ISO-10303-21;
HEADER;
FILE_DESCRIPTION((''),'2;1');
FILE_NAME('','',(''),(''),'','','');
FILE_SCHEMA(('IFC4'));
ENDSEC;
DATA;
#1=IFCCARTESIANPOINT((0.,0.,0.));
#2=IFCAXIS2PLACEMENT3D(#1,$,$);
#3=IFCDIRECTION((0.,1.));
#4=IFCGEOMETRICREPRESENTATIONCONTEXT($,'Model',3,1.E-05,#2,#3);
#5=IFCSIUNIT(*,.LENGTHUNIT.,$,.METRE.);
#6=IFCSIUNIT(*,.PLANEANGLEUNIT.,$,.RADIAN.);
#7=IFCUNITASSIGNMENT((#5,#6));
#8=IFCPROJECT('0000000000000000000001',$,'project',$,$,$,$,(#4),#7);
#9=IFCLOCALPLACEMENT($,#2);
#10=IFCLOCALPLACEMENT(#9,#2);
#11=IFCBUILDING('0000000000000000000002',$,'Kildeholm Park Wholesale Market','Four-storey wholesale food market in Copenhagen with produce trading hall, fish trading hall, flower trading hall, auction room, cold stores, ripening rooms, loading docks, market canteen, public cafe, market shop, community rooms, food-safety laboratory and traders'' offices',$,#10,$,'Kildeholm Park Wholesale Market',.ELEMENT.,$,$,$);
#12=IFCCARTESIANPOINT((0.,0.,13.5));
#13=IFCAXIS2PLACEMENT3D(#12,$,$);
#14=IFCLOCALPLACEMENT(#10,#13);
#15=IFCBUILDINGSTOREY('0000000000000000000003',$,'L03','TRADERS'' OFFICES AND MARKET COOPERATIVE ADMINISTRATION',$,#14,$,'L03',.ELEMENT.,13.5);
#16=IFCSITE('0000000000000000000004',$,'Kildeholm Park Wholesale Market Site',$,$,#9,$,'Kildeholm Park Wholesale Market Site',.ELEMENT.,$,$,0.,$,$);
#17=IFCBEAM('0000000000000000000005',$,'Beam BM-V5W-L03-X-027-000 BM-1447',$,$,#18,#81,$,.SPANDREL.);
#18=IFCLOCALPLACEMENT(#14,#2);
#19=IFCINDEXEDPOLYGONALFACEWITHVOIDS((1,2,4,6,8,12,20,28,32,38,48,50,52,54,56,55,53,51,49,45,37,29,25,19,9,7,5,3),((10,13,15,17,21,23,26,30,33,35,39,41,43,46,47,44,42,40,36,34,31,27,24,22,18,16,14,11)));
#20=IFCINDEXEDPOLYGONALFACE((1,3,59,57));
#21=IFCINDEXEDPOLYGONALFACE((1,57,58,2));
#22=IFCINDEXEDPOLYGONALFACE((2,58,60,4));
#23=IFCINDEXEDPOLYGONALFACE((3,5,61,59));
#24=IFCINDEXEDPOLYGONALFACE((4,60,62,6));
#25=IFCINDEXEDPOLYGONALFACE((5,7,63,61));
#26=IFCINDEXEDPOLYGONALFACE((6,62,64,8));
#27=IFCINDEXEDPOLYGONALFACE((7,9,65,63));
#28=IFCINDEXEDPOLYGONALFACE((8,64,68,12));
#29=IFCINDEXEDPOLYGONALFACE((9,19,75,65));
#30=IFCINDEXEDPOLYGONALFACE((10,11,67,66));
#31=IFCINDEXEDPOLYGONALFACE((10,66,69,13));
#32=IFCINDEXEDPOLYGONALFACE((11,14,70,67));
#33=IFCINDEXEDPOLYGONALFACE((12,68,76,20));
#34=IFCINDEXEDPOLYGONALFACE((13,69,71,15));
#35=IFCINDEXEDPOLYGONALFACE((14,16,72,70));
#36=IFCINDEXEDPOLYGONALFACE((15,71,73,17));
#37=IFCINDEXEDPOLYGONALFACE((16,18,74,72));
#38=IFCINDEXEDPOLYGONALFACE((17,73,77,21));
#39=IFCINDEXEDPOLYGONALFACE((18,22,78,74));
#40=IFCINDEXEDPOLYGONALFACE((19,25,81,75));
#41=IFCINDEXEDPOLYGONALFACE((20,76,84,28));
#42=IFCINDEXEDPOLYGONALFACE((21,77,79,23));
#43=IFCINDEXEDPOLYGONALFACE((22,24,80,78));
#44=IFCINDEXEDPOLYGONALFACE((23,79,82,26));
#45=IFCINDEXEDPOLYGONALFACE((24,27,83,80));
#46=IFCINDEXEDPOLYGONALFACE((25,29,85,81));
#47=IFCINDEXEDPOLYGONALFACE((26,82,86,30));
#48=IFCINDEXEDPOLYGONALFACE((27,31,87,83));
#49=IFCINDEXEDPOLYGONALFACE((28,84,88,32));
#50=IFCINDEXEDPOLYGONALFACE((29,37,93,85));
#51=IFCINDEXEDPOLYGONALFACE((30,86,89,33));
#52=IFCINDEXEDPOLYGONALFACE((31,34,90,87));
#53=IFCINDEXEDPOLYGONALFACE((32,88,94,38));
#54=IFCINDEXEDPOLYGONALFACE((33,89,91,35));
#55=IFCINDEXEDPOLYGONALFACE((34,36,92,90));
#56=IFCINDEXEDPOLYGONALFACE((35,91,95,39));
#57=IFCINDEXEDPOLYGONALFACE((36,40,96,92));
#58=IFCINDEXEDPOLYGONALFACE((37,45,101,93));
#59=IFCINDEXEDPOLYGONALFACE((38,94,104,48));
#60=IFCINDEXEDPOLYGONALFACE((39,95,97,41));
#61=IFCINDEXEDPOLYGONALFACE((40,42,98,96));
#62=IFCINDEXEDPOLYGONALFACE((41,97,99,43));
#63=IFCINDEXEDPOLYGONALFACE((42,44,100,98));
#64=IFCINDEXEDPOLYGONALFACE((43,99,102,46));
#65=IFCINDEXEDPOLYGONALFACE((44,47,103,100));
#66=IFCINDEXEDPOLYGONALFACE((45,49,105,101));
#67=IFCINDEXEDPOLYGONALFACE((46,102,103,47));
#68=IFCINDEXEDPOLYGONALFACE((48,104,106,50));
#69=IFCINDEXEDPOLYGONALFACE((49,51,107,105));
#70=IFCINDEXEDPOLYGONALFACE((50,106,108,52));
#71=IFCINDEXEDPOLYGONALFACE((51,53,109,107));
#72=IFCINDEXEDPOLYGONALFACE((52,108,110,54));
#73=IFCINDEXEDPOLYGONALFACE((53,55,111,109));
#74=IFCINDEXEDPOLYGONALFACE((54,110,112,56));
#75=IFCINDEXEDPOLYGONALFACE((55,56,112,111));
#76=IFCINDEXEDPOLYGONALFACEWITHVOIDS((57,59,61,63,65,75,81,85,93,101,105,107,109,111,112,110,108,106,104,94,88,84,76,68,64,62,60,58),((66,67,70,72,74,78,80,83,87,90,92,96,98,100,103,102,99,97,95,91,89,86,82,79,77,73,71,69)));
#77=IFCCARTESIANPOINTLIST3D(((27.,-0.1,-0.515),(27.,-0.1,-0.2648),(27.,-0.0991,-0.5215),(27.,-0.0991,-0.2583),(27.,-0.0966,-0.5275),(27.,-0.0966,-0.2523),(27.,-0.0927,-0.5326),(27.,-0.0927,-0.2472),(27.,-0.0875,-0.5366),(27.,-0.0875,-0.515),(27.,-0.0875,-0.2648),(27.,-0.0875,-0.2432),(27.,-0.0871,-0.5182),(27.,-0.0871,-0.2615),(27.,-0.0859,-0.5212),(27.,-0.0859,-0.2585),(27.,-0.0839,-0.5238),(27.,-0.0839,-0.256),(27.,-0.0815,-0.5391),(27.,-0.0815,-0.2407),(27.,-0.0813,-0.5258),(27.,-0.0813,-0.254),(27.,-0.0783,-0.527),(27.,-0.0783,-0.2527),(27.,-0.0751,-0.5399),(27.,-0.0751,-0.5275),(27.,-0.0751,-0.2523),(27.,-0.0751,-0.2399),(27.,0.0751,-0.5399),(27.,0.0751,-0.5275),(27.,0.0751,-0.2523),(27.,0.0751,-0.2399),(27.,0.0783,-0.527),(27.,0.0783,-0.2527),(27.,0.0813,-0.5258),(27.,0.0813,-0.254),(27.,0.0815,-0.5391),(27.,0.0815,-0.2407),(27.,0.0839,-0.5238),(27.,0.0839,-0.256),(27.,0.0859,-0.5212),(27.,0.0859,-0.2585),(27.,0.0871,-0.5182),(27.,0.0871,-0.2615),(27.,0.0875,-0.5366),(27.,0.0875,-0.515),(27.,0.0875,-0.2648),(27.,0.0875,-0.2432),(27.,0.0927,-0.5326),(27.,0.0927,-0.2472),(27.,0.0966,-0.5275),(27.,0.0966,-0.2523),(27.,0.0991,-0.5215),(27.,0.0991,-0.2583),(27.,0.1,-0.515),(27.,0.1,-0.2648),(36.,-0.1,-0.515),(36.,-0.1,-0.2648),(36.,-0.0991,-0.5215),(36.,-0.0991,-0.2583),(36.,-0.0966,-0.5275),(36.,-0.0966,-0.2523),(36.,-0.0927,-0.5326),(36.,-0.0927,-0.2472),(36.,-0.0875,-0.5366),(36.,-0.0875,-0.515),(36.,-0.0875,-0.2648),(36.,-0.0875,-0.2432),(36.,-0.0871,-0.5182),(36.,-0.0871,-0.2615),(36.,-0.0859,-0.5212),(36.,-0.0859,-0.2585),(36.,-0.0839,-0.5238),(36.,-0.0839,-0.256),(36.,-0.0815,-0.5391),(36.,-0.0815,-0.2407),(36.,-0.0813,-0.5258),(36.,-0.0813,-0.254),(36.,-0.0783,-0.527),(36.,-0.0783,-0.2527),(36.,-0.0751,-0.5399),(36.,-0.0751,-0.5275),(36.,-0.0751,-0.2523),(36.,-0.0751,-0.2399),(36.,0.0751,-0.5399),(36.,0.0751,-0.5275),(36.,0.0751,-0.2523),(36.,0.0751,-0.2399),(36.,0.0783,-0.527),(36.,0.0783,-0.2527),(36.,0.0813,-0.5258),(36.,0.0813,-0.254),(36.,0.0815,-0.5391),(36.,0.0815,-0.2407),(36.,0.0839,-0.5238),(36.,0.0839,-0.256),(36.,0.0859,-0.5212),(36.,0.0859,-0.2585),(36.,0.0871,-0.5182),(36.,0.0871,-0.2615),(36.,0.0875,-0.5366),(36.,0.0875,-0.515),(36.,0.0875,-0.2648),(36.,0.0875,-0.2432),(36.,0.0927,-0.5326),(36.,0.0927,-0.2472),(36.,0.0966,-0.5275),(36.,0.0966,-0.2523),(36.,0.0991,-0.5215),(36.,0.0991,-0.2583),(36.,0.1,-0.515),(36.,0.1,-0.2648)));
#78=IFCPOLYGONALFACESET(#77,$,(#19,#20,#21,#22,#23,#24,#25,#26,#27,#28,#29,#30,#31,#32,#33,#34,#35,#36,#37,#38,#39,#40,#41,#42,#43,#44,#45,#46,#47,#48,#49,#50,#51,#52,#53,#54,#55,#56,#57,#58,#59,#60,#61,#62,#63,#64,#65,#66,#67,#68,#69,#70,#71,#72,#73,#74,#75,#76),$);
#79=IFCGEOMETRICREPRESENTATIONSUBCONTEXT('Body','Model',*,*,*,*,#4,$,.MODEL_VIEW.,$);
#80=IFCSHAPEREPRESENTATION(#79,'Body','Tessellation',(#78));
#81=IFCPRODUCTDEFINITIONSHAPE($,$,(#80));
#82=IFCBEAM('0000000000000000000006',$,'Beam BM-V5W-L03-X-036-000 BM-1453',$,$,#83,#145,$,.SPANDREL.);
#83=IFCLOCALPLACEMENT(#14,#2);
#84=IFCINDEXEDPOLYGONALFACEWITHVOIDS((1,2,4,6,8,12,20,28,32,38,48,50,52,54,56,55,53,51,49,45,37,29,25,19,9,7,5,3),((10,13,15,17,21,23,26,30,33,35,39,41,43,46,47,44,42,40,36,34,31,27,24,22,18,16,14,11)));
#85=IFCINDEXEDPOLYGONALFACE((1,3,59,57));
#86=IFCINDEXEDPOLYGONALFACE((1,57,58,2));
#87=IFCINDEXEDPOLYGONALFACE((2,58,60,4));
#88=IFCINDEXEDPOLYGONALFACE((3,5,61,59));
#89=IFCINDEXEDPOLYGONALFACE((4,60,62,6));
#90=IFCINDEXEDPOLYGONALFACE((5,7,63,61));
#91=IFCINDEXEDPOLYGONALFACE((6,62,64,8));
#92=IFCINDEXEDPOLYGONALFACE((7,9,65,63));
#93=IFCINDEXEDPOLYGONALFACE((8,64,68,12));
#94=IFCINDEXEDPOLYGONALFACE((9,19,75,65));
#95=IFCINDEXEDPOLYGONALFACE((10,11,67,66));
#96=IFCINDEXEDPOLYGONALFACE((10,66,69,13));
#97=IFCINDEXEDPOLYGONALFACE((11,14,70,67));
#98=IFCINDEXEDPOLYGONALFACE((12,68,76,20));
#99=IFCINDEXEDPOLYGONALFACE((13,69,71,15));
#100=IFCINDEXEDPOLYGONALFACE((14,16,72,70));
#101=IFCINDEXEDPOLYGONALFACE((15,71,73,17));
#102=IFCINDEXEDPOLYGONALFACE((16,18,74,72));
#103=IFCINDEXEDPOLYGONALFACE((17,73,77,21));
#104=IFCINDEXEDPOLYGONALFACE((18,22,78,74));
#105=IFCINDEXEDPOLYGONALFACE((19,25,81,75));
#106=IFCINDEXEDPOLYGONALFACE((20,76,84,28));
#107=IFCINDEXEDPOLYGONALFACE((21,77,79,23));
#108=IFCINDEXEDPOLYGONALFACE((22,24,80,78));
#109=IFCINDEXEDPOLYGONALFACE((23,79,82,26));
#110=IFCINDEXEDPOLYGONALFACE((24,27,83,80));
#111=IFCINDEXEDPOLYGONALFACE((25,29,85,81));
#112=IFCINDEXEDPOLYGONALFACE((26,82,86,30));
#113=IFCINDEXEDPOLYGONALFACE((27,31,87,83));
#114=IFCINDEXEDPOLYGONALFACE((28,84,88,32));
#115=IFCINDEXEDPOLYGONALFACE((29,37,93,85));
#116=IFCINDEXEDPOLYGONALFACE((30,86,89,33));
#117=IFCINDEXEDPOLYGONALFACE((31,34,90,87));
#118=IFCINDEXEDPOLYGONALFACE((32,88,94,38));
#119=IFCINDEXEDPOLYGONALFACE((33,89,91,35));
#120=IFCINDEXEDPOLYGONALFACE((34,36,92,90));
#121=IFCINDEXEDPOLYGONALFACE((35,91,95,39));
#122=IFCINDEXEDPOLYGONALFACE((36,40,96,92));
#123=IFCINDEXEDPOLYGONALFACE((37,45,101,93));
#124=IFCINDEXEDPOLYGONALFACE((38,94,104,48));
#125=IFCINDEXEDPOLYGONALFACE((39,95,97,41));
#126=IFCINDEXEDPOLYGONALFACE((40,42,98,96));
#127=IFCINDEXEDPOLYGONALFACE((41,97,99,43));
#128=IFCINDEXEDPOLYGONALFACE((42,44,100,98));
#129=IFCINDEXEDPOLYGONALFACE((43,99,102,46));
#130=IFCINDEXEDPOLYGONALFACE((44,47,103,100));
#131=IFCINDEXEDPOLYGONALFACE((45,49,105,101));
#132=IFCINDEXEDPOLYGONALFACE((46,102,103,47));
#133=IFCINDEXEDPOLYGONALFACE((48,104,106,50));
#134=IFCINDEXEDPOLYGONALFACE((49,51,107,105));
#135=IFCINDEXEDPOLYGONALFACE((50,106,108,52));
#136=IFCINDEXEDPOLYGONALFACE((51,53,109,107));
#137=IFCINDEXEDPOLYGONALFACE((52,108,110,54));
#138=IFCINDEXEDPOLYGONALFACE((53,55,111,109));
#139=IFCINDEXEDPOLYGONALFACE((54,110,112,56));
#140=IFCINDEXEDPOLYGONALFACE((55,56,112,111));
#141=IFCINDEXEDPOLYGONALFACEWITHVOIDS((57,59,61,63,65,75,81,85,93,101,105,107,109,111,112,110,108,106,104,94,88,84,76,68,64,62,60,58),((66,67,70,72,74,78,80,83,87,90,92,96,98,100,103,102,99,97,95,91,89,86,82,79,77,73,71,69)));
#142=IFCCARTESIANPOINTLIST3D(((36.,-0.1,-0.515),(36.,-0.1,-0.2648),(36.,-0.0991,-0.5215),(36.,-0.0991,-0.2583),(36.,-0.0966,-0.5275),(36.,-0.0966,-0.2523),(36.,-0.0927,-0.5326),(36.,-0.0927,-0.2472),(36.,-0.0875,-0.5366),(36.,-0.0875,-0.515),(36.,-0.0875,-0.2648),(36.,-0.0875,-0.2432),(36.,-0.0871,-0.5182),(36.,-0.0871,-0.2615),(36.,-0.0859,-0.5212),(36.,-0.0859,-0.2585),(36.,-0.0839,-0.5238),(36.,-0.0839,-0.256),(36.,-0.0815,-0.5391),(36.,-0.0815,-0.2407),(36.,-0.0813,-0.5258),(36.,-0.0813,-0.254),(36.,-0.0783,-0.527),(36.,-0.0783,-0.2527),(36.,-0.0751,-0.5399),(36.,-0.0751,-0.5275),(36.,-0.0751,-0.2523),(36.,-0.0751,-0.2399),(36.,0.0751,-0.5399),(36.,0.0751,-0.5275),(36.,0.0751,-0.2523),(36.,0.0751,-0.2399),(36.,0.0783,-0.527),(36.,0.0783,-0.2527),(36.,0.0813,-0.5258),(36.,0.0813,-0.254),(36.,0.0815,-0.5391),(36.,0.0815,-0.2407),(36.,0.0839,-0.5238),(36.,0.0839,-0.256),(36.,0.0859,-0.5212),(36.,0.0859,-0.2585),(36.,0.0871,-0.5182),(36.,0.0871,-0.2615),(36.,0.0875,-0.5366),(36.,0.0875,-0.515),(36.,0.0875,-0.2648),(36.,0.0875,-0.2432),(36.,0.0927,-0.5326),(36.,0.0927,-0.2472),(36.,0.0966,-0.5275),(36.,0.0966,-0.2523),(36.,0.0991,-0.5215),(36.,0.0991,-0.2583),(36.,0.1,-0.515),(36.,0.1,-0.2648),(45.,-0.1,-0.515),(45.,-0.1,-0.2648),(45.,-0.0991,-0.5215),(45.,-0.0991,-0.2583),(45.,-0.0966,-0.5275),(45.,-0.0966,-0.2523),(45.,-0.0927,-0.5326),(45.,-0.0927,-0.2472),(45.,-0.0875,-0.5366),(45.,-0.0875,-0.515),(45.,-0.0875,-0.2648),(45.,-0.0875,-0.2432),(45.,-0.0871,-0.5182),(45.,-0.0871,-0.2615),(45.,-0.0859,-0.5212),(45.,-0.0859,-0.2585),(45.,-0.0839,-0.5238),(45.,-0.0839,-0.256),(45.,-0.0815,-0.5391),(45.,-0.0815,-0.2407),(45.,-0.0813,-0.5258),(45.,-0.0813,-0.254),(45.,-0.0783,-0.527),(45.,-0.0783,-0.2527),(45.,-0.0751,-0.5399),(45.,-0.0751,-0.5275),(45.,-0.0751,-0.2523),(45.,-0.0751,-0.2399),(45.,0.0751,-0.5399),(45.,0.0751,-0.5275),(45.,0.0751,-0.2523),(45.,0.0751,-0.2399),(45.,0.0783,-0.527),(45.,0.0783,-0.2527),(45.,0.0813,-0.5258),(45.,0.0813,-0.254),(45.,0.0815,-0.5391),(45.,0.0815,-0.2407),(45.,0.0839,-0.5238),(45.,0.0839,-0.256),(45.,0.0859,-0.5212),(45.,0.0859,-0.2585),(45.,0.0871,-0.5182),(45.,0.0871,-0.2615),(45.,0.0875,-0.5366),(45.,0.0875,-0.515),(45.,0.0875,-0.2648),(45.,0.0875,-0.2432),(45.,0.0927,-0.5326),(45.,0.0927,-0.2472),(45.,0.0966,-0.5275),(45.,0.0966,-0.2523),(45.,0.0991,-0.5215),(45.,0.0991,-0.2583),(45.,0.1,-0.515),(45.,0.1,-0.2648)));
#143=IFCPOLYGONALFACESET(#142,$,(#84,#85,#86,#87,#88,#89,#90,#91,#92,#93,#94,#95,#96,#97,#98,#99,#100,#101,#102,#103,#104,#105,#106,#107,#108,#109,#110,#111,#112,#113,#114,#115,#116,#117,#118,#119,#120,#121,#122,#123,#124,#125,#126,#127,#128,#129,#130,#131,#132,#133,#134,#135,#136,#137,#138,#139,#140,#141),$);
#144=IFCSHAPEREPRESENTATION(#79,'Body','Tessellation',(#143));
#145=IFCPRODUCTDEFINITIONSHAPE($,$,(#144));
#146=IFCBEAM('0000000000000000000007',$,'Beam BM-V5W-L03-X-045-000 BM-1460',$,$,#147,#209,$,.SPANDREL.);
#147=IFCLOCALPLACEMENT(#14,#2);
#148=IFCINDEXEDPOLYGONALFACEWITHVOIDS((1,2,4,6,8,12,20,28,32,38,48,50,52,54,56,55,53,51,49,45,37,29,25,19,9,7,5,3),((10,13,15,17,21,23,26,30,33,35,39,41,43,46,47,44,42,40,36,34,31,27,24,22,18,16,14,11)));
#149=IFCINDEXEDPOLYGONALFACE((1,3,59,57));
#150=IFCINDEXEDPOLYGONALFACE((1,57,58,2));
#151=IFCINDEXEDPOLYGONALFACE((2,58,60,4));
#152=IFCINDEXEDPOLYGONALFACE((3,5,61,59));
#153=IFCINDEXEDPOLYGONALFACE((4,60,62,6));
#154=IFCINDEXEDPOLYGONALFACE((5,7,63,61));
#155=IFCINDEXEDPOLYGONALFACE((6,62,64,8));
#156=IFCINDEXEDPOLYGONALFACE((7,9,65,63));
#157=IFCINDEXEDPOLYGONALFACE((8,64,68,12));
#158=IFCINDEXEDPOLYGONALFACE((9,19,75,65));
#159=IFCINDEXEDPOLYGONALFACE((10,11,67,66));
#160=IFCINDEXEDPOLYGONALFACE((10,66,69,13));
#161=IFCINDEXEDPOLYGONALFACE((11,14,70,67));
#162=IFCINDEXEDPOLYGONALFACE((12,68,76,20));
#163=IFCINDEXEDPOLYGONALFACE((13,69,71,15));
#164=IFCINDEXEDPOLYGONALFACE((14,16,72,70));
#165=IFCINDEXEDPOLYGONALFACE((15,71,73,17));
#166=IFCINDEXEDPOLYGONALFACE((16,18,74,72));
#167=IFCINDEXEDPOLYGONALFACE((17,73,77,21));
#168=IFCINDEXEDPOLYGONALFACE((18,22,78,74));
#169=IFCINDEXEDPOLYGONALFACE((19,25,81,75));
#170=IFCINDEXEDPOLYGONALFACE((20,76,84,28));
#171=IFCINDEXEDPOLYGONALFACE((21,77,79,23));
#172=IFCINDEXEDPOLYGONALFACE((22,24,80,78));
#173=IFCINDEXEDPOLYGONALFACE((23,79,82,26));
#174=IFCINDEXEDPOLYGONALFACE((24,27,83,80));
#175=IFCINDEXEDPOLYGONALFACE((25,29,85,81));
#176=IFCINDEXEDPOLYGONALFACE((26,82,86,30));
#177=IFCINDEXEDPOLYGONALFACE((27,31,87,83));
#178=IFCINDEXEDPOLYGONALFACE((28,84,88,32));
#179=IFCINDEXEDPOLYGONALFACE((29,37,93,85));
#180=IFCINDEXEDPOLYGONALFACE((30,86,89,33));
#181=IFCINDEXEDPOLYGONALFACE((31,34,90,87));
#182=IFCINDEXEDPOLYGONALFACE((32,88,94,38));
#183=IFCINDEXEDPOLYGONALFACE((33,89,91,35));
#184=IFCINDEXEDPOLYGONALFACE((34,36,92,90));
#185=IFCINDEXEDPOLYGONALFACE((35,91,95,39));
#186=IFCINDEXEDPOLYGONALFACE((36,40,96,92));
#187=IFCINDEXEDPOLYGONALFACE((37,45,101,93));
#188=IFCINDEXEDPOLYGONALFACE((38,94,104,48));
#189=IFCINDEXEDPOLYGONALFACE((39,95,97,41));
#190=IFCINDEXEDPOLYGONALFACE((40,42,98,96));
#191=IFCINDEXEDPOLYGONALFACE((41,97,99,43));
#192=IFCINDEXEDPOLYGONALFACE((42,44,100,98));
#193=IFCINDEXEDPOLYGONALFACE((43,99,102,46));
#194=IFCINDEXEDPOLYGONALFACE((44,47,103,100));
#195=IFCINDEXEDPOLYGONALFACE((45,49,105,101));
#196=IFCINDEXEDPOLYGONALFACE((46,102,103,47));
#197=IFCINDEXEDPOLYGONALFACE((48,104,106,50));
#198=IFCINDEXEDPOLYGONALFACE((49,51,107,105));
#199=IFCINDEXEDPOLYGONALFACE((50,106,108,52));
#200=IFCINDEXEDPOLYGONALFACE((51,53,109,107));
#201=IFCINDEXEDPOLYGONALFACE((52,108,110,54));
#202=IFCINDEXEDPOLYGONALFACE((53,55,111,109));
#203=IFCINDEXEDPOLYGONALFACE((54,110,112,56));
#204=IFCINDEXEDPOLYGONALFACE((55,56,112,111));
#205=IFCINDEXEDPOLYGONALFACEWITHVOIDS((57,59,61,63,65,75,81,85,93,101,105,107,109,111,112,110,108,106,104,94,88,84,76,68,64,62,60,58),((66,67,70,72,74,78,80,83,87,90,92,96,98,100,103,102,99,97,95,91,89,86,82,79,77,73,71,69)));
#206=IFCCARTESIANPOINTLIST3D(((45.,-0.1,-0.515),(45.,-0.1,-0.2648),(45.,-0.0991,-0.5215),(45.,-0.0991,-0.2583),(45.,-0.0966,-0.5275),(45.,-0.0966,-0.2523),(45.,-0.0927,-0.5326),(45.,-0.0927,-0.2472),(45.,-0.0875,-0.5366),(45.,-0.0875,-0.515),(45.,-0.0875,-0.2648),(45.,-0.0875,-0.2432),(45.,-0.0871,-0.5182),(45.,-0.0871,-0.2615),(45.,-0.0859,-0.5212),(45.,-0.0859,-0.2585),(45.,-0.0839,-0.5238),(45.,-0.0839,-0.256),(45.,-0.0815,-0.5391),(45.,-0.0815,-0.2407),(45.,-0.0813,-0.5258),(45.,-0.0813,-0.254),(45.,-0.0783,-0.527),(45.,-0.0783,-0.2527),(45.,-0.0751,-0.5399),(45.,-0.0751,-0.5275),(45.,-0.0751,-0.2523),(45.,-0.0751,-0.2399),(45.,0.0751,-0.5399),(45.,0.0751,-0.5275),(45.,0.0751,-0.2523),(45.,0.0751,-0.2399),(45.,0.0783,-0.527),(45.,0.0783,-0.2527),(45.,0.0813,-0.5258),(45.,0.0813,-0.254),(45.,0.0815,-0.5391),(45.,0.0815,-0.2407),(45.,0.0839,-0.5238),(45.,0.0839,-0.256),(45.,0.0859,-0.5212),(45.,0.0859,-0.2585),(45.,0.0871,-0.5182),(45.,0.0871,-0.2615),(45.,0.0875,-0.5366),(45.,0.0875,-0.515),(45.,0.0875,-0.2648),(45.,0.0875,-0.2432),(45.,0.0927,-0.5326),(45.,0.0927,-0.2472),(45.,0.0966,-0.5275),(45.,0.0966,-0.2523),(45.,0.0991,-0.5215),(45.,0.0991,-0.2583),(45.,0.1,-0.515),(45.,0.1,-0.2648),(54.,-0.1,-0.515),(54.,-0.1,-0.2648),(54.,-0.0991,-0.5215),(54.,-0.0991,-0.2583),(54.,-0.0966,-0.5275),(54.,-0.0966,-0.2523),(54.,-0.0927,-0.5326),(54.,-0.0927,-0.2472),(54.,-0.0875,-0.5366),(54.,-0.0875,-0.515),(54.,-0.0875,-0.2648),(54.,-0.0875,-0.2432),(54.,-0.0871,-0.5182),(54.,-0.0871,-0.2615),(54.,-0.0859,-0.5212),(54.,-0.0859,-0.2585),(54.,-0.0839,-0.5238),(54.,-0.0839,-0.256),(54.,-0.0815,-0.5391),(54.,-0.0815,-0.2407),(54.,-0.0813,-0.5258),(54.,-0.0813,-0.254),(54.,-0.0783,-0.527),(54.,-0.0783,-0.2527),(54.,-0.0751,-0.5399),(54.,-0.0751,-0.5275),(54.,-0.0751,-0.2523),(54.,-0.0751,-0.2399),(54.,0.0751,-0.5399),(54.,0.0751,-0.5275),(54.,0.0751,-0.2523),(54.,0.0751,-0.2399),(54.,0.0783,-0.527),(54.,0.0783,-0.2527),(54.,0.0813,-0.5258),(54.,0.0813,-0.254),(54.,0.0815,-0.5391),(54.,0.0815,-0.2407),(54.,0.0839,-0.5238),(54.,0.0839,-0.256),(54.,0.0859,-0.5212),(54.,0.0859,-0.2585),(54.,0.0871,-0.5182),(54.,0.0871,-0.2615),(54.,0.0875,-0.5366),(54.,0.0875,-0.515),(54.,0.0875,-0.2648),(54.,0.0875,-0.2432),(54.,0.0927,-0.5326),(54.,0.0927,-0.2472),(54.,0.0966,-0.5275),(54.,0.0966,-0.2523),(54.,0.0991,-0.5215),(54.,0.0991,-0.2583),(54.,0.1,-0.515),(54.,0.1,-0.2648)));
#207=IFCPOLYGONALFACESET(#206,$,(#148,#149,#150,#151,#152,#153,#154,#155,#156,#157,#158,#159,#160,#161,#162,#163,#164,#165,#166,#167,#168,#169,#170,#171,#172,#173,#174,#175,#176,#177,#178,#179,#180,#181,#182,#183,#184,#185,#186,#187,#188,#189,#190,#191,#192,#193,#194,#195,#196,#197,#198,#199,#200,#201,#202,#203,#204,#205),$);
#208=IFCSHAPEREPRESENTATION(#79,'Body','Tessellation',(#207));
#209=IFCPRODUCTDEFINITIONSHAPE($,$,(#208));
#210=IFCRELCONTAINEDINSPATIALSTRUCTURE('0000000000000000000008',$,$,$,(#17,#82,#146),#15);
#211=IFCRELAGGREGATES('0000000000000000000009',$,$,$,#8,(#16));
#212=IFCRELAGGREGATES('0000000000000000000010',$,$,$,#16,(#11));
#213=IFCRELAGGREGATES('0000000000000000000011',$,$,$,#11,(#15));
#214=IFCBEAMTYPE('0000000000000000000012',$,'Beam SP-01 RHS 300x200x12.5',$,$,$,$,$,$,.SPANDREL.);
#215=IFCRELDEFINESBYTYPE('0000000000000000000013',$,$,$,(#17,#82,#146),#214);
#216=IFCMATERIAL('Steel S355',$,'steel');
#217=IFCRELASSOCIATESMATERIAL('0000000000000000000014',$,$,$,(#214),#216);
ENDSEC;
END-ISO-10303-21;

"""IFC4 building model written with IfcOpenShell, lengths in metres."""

from ifc_helpers import new_model, si_unit, direction, frame, origin, origin_2d, place, context, subcontext, project, spatial, hollow_rectangle, extrude, material, material_profile, profile_set, type_object, element, save


model = new_model("IFC4")

# Units and contexts
model_context = context("Model", 3, precision=1e-05, world=origin(), true_north=direction((0.0, 1.0)))
body_context = subcontext(model_context, "Body", "Model", "MODEL_VIEW")
ifc_project = project(units=[si_unit("LENGTHUNIT", "METRE"), si_unit("PLANEANGLEUNIT", "RADIAN")], contexts=[model_context])

# Site, building, storey
site_placement = place(None, origin())
site = spatial("IfcSite", under=ifc_project, at=site_placement, Name="Kildeholm Park Wholesale Market Site", LongName="Kildeholm Park Wholesale Market Site", CompositionType="ELEMENT", RefElevation=0.0)
building_placement = place(site_placement, origin())
building = spatial("IfcBuilding", under=site, at=building_placement, Name="Kildeholm Park Wholesale Market", Description="Four-storey wholesale food market in Copenhagen with produce trading hall, fish trading hall, flower trading hall, auction room, cold stores, ripening rooms, loading docks, market canteen, public cafe, market shop, community rooms, food-safety laboratory and traders' offices", LongName="Kildeholm Park Wholesale Market", CompositionType="ELEMENT")
storey_placement = place(building_placement, frame((0.0, 0.0, 13.5)))
storey = spatial("IfcBuildingStorey", under=building, at=storey_placement, Name="L03", Description="TRADERS' OFFICES AND MARKET COOPERATIVE ADMINISTRATION", LongName="L03", CompositionType="ELEMENT", Elevation=13.5)

# Shared definitions
ifc_material_1 = material(Name="Steel S355", Category="steel")

# Beams
ifc_material_profile_1 = material_profile(ifc_material_1, hollow_rectangle(XDim=0.2, YDim=0.3, WallThickness=0.0125, InnerFilletRadius=0.0125, OuterFilletRadius=0.0249, at=origin_2d()), Name="RHS 300x200x12.5")
ifc_profile_set_1 = profile_set([ifc_material_profile_1], Name="Steel S355")
beam_type_1 = type_object("IfcBeamType", Name="Beam SP-01 RHS 300x200x12.5", PredefinedType="SPANDREL", material=ifc_profile_set_1)
for number, where, z_axis, x_axis, name in (
    (1, (27.0, 0.0, -0.3899), (1.0, 0.0, 0.0), (0.0, 1.0, 0.0), "Beam BM-V5W-L03-X-027-000 BM-1447"),
    (2, (36.0, 0.0, -0.3899), (1.0, 0.0, 0.0), (0.0, 1.0, 0.0), "Beam BM-V5W-L03-X-036-000 BM-1453"),
    (3, (45.0, 0.0, -0.3899), (1.0, 0.0, 0.0), (0.0, 1.0, 0.0), "Beam BM-V5W-L03-X-045-000 BM-1460"),
):
    element("IfcBeam", number, at=place(storey_placement, frame(where, z_axis=z_axis, x_axis=x_axis)), inside=storey, type_object=beam_type_1, Name=name, PredefinedType="SPANDREL", context=body_context, shape_type="SweptSolid", body=[
        extrude(hollow_rectangle(XDim=0.2, YDim=0.3, WallThickness=0.0125, InnerFilletRadius=0.0125, OuterFilletRadius=0.0249, at=origin_2d()), origin(), (0.0, 0.0, 1.0), 9.0),
    ])

save(model, "model.ifc")
